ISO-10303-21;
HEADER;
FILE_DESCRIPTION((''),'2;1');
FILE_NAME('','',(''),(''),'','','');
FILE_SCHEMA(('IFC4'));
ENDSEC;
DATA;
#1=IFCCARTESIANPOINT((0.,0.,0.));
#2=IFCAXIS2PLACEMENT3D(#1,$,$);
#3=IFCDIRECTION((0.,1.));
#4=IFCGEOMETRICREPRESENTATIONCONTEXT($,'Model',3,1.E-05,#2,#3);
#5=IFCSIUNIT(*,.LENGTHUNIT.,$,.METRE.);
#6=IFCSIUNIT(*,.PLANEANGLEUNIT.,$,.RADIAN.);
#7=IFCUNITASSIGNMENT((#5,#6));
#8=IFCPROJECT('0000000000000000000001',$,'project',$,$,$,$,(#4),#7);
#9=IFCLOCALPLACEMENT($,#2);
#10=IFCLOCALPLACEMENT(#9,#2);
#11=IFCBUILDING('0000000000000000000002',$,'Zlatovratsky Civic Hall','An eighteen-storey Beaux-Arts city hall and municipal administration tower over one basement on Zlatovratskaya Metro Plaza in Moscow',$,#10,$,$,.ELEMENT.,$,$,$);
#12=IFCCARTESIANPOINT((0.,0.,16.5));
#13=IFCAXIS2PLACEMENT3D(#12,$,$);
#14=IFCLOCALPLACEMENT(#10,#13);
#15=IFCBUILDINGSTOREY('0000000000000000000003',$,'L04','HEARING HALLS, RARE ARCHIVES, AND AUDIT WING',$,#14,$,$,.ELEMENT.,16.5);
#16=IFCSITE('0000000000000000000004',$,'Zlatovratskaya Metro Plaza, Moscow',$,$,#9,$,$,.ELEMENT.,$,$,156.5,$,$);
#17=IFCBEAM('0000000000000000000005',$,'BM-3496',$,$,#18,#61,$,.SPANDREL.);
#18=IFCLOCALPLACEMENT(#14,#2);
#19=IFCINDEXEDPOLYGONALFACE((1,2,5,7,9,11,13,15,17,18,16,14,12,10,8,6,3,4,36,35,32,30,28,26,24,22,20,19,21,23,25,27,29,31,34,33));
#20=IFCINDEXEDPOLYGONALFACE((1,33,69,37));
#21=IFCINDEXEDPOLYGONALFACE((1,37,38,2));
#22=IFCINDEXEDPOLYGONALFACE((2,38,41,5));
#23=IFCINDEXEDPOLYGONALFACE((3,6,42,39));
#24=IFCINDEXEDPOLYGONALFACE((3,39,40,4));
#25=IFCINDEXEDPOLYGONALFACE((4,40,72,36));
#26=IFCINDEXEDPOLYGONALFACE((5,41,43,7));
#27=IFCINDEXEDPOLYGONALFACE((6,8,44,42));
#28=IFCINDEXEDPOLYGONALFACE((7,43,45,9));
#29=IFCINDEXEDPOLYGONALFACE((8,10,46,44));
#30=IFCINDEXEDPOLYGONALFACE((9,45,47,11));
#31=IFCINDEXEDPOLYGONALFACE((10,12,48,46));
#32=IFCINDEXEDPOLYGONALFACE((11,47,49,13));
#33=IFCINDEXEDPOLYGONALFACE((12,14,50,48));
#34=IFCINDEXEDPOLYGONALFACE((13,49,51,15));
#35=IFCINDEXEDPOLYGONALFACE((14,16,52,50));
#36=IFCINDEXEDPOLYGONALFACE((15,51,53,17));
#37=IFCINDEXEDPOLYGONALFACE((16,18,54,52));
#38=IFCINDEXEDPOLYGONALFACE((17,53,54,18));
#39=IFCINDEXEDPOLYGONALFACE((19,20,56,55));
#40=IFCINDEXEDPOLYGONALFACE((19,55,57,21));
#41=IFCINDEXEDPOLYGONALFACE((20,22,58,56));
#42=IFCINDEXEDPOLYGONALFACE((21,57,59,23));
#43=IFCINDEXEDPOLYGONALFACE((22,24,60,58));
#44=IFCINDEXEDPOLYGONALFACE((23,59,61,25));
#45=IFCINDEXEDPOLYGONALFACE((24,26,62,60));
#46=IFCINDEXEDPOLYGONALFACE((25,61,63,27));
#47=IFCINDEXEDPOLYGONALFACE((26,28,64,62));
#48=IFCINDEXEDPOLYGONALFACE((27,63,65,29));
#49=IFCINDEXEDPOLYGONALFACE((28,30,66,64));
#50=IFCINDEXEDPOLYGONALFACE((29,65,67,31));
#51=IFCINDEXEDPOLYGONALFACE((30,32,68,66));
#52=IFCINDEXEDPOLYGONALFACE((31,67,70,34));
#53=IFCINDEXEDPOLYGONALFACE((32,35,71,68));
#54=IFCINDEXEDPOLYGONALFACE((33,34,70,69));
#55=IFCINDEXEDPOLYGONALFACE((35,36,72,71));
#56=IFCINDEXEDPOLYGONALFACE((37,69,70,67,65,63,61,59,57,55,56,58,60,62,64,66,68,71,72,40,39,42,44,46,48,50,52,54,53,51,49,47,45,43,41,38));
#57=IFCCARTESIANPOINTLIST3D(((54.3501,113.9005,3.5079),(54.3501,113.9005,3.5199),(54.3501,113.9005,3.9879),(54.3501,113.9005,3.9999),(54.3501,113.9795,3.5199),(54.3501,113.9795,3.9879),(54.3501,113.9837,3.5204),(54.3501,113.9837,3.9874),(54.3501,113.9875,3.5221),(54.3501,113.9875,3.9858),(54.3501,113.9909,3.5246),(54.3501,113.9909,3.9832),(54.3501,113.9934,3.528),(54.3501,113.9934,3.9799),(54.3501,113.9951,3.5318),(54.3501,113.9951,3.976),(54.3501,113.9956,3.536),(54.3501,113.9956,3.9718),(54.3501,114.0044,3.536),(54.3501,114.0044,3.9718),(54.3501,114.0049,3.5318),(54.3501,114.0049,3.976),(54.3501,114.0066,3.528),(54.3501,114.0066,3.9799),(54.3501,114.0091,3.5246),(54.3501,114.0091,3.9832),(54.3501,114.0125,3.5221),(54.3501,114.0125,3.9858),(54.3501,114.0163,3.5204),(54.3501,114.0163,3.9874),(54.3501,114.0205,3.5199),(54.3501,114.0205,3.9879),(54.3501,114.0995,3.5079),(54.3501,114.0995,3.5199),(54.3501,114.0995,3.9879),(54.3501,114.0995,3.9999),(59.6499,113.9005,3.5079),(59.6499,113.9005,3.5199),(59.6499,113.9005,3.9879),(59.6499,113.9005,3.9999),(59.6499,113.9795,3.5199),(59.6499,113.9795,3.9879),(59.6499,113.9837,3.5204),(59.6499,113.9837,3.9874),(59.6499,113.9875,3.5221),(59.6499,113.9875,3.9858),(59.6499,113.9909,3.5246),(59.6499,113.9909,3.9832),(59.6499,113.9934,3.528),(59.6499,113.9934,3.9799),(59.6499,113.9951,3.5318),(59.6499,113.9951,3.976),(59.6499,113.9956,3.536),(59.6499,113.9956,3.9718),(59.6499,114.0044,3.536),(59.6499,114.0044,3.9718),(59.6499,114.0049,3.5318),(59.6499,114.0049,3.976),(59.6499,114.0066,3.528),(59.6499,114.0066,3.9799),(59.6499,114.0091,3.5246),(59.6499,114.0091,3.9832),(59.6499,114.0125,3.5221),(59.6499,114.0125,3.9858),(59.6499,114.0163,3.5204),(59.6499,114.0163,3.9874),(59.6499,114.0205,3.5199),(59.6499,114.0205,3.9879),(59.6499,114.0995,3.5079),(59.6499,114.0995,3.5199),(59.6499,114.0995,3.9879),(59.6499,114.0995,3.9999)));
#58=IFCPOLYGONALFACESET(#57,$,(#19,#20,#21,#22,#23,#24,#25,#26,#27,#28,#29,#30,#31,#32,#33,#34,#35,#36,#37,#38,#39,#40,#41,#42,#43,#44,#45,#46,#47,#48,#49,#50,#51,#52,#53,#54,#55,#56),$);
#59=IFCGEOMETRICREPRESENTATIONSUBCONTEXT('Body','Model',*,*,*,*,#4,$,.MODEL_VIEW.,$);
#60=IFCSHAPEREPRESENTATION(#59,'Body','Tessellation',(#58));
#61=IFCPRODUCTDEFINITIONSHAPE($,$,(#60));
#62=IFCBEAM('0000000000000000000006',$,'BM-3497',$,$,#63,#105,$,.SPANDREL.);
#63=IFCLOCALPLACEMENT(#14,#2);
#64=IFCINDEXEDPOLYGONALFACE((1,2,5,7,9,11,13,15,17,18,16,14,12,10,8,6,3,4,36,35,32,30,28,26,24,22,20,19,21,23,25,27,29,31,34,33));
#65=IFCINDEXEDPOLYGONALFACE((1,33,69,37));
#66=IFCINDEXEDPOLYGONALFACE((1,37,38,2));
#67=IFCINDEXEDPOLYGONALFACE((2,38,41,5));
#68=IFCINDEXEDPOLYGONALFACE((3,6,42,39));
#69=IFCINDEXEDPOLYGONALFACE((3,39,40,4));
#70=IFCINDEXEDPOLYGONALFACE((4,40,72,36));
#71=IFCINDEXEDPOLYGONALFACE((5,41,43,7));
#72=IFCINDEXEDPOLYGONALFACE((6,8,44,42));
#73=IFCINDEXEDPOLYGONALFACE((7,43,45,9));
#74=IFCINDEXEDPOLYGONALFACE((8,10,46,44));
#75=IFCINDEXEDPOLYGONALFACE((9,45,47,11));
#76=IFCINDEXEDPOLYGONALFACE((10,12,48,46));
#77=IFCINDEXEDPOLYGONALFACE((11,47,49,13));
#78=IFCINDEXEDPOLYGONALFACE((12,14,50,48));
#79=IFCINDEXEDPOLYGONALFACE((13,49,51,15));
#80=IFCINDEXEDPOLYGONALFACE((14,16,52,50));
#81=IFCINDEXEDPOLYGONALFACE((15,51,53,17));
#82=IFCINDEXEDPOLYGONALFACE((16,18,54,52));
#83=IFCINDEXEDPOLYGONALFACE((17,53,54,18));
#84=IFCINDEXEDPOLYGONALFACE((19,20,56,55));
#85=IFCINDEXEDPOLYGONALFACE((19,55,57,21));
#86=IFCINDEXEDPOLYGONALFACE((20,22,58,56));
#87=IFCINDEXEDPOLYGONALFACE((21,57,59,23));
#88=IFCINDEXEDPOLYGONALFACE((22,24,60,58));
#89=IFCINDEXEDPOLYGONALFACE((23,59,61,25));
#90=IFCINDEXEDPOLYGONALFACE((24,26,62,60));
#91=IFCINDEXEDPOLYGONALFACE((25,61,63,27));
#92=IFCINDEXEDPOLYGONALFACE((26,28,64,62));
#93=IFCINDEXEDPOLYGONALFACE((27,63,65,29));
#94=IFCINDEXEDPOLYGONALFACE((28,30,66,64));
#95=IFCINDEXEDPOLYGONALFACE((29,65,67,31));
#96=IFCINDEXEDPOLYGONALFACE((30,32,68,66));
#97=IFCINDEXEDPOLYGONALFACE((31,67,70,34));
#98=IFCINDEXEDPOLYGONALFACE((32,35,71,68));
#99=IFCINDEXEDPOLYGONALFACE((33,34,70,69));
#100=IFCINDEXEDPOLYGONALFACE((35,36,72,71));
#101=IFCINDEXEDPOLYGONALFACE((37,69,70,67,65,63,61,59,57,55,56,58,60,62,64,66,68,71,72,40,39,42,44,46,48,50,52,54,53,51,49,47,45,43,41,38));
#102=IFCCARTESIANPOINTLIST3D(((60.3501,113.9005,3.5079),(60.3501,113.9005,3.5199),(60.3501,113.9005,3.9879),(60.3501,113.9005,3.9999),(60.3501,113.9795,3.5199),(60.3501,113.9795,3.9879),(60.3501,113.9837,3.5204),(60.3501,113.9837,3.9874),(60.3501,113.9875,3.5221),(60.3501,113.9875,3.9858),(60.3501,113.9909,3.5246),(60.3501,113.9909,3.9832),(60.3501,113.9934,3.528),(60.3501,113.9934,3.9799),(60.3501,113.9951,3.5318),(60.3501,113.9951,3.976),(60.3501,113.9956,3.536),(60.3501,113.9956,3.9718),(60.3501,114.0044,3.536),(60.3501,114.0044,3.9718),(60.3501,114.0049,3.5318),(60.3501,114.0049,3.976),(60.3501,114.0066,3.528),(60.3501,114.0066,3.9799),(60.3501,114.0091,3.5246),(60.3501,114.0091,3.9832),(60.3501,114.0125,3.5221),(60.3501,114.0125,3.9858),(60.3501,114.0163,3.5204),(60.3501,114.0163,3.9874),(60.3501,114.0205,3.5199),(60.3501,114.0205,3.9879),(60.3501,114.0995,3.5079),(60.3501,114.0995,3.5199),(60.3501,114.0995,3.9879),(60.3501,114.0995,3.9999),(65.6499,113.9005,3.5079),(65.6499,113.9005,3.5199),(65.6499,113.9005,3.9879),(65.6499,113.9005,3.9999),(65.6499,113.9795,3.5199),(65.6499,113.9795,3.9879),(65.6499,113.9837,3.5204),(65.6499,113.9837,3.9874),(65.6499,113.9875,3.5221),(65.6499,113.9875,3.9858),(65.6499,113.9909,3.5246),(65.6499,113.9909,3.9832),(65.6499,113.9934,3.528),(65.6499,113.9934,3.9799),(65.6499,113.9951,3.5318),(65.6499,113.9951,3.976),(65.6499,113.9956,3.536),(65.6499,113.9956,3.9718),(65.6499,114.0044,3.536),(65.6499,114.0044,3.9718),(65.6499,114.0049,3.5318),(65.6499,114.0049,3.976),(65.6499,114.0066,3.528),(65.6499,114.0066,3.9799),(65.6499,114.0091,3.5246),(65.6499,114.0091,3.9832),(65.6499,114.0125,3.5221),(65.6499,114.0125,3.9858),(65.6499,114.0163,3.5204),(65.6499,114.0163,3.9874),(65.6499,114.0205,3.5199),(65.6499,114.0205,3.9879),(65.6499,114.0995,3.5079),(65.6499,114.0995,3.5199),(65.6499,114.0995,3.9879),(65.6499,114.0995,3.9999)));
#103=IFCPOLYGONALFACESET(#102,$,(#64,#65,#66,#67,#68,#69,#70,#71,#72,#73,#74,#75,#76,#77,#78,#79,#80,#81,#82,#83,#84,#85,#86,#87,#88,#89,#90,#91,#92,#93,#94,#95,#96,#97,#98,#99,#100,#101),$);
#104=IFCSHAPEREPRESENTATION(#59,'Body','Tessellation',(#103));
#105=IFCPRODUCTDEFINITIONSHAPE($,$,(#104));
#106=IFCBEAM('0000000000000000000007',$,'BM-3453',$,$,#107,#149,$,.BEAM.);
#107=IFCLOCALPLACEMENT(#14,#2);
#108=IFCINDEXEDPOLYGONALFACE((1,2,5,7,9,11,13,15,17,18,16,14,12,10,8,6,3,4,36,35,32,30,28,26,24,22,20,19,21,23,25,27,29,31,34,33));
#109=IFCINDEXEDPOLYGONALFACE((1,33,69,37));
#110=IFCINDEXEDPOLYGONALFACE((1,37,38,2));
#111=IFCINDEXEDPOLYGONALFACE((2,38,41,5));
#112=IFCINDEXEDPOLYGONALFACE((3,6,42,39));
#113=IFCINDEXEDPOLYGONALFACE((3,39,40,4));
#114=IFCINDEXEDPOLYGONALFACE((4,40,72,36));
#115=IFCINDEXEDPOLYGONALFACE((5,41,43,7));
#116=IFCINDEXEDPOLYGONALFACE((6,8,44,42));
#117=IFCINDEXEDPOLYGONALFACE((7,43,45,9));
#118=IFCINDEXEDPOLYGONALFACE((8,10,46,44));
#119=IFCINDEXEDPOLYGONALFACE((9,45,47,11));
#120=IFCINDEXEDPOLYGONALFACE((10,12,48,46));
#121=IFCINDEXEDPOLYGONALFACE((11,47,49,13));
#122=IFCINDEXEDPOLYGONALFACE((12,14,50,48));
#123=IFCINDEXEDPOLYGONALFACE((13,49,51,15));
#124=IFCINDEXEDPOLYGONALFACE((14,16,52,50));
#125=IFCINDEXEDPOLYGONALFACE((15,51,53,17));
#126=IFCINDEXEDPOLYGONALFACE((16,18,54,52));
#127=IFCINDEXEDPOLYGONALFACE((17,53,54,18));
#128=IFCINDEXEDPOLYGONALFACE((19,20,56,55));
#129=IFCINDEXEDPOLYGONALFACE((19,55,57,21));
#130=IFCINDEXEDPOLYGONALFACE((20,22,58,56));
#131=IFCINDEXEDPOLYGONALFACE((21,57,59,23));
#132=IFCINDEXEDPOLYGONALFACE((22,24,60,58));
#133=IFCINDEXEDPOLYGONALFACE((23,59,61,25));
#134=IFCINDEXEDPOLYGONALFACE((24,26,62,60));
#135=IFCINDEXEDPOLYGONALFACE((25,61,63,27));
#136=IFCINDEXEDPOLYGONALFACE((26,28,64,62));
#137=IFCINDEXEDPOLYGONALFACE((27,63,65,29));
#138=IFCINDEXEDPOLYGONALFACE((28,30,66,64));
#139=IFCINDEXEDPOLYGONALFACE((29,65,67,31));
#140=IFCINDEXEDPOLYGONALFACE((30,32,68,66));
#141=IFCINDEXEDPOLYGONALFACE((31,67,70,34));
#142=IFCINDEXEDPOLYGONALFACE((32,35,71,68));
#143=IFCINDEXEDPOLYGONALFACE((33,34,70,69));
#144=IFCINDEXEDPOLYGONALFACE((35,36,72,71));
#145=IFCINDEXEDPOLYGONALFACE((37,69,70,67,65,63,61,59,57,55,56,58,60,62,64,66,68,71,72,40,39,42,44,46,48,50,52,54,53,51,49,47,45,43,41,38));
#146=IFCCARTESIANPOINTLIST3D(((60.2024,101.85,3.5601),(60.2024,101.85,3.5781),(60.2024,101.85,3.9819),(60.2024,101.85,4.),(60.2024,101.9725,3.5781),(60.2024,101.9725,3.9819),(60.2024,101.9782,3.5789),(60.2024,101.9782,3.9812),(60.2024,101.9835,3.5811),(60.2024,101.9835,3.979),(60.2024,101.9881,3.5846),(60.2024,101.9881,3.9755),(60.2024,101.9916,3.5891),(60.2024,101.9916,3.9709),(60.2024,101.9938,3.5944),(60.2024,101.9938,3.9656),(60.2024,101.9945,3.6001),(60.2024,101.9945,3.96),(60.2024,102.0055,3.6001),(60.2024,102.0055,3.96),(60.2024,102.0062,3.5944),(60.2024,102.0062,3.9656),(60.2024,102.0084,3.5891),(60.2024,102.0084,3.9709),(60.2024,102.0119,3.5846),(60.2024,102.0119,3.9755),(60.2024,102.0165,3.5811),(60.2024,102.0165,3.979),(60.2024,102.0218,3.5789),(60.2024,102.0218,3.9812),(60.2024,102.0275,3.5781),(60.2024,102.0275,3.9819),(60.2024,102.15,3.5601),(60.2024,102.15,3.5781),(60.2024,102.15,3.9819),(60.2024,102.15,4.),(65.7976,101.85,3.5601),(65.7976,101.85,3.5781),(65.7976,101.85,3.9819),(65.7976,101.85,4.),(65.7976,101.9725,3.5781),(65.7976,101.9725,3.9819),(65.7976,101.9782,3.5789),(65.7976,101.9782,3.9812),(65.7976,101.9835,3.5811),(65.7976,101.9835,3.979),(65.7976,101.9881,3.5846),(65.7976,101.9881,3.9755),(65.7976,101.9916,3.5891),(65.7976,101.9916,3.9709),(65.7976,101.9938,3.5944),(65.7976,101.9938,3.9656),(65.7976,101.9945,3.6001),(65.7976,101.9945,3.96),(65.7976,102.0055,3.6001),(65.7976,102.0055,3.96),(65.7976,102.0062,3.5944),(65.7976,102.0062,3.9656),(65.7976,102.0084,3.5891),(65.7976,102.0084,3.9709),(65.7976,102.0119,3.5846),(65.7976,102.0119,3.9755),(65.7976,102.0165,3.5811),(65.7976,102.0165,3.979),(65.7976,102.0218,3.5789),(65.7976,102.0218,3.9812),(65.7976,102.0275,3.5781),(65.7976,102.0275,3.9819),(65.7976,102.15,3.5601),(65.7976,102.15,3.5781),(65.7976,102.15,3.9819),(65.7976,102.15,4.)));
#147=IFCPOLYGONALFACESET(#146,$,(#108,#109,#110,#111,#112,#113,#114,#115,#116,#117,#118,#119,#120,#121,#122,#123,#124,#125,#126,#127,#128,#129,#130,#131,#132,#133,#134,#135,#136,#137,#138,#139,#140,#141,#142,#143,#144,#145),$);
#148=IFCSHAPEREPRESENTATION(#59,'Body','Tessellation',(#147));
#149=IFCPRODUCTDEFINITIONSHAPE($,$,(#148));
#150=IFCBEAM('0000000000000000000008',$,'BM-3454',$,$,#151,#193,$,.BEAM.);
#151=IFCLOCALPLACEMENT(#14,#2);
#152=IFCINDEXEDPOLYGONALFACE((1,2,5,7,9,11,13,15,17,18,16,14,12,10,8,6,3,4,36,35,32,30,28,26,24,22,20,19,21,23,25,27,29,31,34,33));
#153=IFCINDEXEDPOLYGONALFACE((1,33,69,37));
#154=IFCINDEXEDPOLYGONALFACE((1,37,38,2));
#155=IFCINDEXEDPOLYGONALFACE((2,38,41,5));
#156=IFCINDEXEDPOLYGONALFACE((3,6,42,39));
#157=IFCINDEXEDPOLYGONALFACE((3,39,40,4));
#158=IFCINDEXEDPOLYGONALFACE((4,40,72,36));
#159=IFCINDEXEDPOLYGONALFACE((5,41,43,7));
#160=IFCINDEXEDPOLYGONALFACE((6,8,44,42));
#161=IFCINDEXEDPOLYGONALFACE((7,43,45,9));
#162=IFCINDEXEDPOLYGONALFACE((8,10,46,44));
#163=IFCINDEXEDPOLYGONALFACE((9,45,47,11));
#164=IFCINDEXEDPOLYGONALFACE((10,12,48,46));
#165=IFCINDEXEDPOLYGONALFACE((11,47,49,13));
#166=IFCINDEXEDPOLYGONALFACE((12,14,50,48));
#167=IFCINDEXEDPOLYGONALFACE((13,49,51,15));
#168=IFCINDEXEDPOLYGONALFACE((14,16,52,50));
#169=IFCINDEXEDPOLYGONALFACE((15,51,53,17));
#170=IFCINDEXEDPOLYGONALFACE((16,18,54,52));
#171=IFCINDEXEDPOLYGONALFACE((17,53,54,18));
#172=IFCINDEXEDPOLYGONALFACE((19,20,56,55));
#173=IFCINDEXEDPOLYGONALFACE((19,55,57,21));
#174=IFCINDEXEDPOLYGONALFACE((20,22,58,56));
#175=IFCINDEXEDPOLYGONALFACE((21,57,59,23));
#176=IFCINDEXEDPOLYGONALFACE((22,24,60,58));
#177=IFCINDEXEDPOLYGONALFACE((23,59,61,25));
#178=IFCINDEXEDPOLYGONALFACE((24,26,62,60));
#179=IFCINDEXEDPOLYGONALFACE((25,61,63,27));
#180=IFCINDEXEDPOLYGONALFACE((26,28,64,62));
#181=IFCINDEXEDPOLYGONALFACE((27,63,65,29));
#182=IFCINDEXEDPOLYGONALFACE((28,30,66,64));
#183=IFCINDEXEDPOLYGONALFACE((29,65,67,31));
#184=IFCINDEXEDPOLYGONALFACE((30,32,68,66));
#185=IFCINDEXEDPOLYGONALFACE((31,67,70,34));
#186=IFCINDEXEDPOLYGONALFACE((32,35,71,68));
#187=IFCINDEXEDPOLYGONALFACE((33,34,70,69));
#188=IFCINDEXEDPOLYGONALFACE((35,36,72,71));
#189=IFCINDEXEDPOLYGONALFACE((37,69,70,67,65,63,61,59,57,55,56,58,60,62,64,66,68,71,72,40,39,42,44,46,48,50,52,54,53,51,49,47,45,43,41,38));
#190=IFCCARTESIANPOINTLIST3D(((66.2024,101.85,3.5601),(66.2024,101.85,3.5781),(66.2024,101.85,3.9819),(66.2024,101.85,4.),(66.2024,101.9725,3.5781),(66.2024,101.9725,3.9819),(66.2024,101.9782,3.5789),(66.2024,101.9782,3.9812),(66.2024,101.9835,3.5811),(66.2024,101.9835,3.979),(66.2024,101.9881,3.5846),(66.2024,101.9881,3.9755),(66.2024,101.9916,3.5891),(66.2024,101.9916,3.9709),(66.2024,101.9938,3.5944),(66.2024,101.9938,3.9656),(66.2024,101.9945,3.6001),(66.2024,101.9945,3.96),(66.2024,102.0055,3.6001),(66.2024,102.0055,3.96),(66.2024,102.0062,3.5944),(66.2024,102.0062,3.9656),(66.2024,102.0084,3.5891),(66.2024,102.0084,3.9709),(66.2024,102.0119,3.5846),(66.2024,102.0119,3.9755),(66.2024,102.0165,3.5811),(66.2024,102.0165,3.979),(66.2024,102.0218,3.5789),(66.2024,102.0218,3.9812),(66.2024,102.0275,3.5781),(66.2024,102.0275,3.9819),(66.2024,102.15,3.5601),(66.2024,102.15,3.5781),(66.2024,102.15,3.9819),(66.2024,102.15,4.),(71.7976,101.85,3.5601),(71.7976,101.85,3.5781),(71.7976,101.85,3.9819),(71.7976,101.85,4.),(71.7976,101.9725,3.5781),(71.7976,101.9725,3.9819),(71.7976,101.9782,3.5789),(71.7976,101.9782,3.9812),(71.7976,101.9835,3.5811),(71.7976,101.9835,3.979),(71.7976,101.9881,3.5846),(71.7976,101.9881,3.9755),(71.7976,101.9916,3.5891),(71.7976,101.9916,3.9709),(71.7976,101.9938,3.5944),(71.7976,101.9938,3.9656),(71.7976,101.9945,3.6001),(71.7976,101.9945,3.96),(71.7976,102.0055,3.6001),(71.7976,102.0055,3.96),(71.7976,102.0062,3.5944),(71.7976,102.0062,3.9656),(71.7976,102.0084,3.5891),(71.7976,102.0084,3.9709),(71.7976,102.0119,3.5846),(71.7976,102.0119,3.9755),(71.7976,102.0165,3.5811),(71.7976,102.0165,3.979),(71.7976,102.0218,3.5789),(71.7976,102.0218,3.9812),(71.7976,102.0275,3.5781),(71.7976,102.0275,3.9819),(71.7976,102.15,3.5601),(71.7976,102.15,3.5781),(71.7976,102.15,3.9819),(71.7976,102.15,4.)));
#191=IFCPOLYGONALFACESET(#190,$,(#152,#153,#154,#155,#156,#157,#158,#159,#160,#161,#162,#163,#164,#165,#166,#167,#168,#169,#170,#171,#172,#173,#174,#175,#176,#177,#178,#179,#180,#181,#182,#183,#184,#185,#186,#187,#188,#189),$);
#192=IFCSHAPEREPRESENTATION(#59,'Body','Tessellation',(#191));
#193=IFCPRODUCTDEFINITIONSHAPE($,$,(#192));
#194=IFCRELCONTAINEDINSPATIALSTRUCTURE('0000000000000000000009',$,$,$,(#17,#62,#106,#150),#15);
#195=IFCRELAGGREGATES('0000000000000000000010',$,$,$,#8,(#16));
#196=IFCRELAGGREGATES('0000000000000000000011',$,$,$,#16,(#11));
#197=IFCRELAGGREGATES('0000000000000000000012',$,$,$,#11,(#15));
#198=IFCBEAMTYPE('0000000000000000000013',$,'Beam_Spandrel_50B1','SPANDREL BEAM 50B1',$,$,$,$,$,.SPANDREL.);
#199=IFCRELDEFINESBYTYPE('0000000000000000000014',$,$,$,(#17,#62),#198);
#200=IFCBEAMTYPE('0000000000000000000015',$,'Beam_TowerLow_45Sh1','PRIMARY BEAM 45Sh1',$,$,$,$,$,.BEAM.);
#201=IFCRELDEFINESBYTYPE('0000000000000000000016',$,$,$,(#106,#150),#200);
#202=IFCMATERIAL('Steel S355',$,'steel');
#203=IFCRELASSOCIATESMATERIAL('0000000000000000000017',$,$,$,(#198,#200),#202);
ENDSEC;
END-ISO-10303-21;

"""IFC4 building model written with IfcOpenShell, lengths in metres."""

from ifc_helpers import new_model, si_unit, direction, frame, origin, origin_2d, place, context, subcontext, project, spatial, i_section, extrude, material, material_profile, profile_set, type_object, element, save


model = new_model("IFC4")

# Units and contexts
model_context = context("Model", 3, precision=1e-05, world=origin(), true_north=direction((0.0, 1.0)))
body_context = subcontext(model_context, "Body", "Model", "MODEL_VIEW")
ifc_project = project(units=[si_unit("LENGTHUNIT", "METRE"), si_unit("PLANEANGLEUNIT", "RADIAN")], contexts=[model_context])

# Site, building, storey
site_placement = place(None, origin())
site = spatial("IfcSite", under=ifc_project, at=site_placement, Name="Zlatovratskaya Metro Plaza, Moscow", CompositionType="ELEMENT", RefElevation=156.5)
building_placement = place(site_placement, origin())
building = spatial("IfcBuilding", under=site, at=building_placement, Name="Zlatovratsky Civic Hall", Description="An eighteen-storey Beaux-Arts city hall and municipal administration tower over one basement on Zlatovratskaya Metro Plaza in Moscow", CompositionType="ELEMENT")
storey_placement = place(building_placement, frame((0.0, 0.0, 16.5)))
storey = spatial("IfcBuildingStorey", under=building, at=storey_placement, Name="L04", Description="HEARING HALLS, RARE ARCHIVES, AND AUDIT WING", CompositionType="ELEMENT", Elevation=16.5)

# Shared definitions
ifc_material_1 = material(Name="Steel S355", Category="steel")

# Beams
ifc_material_profile_1 = material_profile(ifc_material_1, i_section(OverallWidth=0.199, OverallDepth=0.4919, WebThickness=0.0088, FlangeThickness=0.012, FilletRadius=0.0161, at=origin_2d()), Name="50B1")
ifc_profile_set_1 = profile_set([ifc_material_profile_1], Name="Steel S355")
beam_type_1 = type_object("IfcBeamType", Name="Beam_Spandrel_50B1", Description="SPANDREL BEAM 50B1", PredefinedType="SPANDREL", material=ifc_profile_set_1)
for number, where, z_axis, x_axis, name in (
    (1, (54.3501, 114.0, 3.7539), (1.0, 0.0, 0.0), (0.0, 1.0, 0.0), "BM-3496"),
    (2, (60.3501, 114.0, 3.7539), (1.0, 0.0, 0.0), (0.0, 1.0, 0.0), "BM-3497"),
):
    element("IfcBeam", number, at=place(storey_placement, frame(where, z_axis=z_axis, x_axis=x_axis)), inside=storey, type_object=beam_type_1, Name=name, PredefinedType="SPANDREL", context=body_context, shape_type="SweptSolid", body=[
        extrude(i_section(OverallWidth=0.199, OverallDepth=0.4919, WebThickness=0.0088, FlangeThickness=0.012, FilletRadius=0.0161, at=origin_2d()), origin(), (0.0, 0.0, 1.0), 5.2998),
    ])
ifc_material_profile_2 = material_profile(ifc_material_1, i_section(OverallWidth=0.3, OverallDepth=0.4399, WebThickness=0.011, FlangeThickness=0.0181, FilletRadius=0.022, at=origin_2d()), Name="45Sh1")
ifc_profile_set_2 = profile_set([ifc_material_profile_2], Name="Steel S355")
beam_type_2 = type_object("IfcBeamType", Name="Beam_TowerLow_45Sh1", Description="PRIMARY BEAM 45Sh1", PredefinedType="BEAM", material=ifc_profile_set_2)
for number, where, z_axis, x_axis, name in (
    (3, (60.2024, 102.0, 3.78), (1.0, 0.0, 0.0), (0.0, 1.0, 0.0), "BM-3453"),
    (4, (66.2024, 102.0, 3.78), (1.0, 0.0, 0.0), (0.0, 1.0, 0.0), "BM-3454"),
):
    element("IfcBeam", number, at=place(storey_placement, frame(where, z_axis=z_axis, x_axis=x_axis)), inside=storey, type_object=beam_type_2, Name=name, PredefinedType="BEAM", context=body_context, shape_type="SweptSolid", body=[
        extrude(i_section(OverallWidth=0.3, OverallDepth=0.4399, WebThickness=0.011, FlangeThickness=0.0181, FilletRadius=0.022, at=origin_2d()), origin(), (0.0, 0.0, 1.0), 5.5952),
    ])

save(model, "model.ifc")
